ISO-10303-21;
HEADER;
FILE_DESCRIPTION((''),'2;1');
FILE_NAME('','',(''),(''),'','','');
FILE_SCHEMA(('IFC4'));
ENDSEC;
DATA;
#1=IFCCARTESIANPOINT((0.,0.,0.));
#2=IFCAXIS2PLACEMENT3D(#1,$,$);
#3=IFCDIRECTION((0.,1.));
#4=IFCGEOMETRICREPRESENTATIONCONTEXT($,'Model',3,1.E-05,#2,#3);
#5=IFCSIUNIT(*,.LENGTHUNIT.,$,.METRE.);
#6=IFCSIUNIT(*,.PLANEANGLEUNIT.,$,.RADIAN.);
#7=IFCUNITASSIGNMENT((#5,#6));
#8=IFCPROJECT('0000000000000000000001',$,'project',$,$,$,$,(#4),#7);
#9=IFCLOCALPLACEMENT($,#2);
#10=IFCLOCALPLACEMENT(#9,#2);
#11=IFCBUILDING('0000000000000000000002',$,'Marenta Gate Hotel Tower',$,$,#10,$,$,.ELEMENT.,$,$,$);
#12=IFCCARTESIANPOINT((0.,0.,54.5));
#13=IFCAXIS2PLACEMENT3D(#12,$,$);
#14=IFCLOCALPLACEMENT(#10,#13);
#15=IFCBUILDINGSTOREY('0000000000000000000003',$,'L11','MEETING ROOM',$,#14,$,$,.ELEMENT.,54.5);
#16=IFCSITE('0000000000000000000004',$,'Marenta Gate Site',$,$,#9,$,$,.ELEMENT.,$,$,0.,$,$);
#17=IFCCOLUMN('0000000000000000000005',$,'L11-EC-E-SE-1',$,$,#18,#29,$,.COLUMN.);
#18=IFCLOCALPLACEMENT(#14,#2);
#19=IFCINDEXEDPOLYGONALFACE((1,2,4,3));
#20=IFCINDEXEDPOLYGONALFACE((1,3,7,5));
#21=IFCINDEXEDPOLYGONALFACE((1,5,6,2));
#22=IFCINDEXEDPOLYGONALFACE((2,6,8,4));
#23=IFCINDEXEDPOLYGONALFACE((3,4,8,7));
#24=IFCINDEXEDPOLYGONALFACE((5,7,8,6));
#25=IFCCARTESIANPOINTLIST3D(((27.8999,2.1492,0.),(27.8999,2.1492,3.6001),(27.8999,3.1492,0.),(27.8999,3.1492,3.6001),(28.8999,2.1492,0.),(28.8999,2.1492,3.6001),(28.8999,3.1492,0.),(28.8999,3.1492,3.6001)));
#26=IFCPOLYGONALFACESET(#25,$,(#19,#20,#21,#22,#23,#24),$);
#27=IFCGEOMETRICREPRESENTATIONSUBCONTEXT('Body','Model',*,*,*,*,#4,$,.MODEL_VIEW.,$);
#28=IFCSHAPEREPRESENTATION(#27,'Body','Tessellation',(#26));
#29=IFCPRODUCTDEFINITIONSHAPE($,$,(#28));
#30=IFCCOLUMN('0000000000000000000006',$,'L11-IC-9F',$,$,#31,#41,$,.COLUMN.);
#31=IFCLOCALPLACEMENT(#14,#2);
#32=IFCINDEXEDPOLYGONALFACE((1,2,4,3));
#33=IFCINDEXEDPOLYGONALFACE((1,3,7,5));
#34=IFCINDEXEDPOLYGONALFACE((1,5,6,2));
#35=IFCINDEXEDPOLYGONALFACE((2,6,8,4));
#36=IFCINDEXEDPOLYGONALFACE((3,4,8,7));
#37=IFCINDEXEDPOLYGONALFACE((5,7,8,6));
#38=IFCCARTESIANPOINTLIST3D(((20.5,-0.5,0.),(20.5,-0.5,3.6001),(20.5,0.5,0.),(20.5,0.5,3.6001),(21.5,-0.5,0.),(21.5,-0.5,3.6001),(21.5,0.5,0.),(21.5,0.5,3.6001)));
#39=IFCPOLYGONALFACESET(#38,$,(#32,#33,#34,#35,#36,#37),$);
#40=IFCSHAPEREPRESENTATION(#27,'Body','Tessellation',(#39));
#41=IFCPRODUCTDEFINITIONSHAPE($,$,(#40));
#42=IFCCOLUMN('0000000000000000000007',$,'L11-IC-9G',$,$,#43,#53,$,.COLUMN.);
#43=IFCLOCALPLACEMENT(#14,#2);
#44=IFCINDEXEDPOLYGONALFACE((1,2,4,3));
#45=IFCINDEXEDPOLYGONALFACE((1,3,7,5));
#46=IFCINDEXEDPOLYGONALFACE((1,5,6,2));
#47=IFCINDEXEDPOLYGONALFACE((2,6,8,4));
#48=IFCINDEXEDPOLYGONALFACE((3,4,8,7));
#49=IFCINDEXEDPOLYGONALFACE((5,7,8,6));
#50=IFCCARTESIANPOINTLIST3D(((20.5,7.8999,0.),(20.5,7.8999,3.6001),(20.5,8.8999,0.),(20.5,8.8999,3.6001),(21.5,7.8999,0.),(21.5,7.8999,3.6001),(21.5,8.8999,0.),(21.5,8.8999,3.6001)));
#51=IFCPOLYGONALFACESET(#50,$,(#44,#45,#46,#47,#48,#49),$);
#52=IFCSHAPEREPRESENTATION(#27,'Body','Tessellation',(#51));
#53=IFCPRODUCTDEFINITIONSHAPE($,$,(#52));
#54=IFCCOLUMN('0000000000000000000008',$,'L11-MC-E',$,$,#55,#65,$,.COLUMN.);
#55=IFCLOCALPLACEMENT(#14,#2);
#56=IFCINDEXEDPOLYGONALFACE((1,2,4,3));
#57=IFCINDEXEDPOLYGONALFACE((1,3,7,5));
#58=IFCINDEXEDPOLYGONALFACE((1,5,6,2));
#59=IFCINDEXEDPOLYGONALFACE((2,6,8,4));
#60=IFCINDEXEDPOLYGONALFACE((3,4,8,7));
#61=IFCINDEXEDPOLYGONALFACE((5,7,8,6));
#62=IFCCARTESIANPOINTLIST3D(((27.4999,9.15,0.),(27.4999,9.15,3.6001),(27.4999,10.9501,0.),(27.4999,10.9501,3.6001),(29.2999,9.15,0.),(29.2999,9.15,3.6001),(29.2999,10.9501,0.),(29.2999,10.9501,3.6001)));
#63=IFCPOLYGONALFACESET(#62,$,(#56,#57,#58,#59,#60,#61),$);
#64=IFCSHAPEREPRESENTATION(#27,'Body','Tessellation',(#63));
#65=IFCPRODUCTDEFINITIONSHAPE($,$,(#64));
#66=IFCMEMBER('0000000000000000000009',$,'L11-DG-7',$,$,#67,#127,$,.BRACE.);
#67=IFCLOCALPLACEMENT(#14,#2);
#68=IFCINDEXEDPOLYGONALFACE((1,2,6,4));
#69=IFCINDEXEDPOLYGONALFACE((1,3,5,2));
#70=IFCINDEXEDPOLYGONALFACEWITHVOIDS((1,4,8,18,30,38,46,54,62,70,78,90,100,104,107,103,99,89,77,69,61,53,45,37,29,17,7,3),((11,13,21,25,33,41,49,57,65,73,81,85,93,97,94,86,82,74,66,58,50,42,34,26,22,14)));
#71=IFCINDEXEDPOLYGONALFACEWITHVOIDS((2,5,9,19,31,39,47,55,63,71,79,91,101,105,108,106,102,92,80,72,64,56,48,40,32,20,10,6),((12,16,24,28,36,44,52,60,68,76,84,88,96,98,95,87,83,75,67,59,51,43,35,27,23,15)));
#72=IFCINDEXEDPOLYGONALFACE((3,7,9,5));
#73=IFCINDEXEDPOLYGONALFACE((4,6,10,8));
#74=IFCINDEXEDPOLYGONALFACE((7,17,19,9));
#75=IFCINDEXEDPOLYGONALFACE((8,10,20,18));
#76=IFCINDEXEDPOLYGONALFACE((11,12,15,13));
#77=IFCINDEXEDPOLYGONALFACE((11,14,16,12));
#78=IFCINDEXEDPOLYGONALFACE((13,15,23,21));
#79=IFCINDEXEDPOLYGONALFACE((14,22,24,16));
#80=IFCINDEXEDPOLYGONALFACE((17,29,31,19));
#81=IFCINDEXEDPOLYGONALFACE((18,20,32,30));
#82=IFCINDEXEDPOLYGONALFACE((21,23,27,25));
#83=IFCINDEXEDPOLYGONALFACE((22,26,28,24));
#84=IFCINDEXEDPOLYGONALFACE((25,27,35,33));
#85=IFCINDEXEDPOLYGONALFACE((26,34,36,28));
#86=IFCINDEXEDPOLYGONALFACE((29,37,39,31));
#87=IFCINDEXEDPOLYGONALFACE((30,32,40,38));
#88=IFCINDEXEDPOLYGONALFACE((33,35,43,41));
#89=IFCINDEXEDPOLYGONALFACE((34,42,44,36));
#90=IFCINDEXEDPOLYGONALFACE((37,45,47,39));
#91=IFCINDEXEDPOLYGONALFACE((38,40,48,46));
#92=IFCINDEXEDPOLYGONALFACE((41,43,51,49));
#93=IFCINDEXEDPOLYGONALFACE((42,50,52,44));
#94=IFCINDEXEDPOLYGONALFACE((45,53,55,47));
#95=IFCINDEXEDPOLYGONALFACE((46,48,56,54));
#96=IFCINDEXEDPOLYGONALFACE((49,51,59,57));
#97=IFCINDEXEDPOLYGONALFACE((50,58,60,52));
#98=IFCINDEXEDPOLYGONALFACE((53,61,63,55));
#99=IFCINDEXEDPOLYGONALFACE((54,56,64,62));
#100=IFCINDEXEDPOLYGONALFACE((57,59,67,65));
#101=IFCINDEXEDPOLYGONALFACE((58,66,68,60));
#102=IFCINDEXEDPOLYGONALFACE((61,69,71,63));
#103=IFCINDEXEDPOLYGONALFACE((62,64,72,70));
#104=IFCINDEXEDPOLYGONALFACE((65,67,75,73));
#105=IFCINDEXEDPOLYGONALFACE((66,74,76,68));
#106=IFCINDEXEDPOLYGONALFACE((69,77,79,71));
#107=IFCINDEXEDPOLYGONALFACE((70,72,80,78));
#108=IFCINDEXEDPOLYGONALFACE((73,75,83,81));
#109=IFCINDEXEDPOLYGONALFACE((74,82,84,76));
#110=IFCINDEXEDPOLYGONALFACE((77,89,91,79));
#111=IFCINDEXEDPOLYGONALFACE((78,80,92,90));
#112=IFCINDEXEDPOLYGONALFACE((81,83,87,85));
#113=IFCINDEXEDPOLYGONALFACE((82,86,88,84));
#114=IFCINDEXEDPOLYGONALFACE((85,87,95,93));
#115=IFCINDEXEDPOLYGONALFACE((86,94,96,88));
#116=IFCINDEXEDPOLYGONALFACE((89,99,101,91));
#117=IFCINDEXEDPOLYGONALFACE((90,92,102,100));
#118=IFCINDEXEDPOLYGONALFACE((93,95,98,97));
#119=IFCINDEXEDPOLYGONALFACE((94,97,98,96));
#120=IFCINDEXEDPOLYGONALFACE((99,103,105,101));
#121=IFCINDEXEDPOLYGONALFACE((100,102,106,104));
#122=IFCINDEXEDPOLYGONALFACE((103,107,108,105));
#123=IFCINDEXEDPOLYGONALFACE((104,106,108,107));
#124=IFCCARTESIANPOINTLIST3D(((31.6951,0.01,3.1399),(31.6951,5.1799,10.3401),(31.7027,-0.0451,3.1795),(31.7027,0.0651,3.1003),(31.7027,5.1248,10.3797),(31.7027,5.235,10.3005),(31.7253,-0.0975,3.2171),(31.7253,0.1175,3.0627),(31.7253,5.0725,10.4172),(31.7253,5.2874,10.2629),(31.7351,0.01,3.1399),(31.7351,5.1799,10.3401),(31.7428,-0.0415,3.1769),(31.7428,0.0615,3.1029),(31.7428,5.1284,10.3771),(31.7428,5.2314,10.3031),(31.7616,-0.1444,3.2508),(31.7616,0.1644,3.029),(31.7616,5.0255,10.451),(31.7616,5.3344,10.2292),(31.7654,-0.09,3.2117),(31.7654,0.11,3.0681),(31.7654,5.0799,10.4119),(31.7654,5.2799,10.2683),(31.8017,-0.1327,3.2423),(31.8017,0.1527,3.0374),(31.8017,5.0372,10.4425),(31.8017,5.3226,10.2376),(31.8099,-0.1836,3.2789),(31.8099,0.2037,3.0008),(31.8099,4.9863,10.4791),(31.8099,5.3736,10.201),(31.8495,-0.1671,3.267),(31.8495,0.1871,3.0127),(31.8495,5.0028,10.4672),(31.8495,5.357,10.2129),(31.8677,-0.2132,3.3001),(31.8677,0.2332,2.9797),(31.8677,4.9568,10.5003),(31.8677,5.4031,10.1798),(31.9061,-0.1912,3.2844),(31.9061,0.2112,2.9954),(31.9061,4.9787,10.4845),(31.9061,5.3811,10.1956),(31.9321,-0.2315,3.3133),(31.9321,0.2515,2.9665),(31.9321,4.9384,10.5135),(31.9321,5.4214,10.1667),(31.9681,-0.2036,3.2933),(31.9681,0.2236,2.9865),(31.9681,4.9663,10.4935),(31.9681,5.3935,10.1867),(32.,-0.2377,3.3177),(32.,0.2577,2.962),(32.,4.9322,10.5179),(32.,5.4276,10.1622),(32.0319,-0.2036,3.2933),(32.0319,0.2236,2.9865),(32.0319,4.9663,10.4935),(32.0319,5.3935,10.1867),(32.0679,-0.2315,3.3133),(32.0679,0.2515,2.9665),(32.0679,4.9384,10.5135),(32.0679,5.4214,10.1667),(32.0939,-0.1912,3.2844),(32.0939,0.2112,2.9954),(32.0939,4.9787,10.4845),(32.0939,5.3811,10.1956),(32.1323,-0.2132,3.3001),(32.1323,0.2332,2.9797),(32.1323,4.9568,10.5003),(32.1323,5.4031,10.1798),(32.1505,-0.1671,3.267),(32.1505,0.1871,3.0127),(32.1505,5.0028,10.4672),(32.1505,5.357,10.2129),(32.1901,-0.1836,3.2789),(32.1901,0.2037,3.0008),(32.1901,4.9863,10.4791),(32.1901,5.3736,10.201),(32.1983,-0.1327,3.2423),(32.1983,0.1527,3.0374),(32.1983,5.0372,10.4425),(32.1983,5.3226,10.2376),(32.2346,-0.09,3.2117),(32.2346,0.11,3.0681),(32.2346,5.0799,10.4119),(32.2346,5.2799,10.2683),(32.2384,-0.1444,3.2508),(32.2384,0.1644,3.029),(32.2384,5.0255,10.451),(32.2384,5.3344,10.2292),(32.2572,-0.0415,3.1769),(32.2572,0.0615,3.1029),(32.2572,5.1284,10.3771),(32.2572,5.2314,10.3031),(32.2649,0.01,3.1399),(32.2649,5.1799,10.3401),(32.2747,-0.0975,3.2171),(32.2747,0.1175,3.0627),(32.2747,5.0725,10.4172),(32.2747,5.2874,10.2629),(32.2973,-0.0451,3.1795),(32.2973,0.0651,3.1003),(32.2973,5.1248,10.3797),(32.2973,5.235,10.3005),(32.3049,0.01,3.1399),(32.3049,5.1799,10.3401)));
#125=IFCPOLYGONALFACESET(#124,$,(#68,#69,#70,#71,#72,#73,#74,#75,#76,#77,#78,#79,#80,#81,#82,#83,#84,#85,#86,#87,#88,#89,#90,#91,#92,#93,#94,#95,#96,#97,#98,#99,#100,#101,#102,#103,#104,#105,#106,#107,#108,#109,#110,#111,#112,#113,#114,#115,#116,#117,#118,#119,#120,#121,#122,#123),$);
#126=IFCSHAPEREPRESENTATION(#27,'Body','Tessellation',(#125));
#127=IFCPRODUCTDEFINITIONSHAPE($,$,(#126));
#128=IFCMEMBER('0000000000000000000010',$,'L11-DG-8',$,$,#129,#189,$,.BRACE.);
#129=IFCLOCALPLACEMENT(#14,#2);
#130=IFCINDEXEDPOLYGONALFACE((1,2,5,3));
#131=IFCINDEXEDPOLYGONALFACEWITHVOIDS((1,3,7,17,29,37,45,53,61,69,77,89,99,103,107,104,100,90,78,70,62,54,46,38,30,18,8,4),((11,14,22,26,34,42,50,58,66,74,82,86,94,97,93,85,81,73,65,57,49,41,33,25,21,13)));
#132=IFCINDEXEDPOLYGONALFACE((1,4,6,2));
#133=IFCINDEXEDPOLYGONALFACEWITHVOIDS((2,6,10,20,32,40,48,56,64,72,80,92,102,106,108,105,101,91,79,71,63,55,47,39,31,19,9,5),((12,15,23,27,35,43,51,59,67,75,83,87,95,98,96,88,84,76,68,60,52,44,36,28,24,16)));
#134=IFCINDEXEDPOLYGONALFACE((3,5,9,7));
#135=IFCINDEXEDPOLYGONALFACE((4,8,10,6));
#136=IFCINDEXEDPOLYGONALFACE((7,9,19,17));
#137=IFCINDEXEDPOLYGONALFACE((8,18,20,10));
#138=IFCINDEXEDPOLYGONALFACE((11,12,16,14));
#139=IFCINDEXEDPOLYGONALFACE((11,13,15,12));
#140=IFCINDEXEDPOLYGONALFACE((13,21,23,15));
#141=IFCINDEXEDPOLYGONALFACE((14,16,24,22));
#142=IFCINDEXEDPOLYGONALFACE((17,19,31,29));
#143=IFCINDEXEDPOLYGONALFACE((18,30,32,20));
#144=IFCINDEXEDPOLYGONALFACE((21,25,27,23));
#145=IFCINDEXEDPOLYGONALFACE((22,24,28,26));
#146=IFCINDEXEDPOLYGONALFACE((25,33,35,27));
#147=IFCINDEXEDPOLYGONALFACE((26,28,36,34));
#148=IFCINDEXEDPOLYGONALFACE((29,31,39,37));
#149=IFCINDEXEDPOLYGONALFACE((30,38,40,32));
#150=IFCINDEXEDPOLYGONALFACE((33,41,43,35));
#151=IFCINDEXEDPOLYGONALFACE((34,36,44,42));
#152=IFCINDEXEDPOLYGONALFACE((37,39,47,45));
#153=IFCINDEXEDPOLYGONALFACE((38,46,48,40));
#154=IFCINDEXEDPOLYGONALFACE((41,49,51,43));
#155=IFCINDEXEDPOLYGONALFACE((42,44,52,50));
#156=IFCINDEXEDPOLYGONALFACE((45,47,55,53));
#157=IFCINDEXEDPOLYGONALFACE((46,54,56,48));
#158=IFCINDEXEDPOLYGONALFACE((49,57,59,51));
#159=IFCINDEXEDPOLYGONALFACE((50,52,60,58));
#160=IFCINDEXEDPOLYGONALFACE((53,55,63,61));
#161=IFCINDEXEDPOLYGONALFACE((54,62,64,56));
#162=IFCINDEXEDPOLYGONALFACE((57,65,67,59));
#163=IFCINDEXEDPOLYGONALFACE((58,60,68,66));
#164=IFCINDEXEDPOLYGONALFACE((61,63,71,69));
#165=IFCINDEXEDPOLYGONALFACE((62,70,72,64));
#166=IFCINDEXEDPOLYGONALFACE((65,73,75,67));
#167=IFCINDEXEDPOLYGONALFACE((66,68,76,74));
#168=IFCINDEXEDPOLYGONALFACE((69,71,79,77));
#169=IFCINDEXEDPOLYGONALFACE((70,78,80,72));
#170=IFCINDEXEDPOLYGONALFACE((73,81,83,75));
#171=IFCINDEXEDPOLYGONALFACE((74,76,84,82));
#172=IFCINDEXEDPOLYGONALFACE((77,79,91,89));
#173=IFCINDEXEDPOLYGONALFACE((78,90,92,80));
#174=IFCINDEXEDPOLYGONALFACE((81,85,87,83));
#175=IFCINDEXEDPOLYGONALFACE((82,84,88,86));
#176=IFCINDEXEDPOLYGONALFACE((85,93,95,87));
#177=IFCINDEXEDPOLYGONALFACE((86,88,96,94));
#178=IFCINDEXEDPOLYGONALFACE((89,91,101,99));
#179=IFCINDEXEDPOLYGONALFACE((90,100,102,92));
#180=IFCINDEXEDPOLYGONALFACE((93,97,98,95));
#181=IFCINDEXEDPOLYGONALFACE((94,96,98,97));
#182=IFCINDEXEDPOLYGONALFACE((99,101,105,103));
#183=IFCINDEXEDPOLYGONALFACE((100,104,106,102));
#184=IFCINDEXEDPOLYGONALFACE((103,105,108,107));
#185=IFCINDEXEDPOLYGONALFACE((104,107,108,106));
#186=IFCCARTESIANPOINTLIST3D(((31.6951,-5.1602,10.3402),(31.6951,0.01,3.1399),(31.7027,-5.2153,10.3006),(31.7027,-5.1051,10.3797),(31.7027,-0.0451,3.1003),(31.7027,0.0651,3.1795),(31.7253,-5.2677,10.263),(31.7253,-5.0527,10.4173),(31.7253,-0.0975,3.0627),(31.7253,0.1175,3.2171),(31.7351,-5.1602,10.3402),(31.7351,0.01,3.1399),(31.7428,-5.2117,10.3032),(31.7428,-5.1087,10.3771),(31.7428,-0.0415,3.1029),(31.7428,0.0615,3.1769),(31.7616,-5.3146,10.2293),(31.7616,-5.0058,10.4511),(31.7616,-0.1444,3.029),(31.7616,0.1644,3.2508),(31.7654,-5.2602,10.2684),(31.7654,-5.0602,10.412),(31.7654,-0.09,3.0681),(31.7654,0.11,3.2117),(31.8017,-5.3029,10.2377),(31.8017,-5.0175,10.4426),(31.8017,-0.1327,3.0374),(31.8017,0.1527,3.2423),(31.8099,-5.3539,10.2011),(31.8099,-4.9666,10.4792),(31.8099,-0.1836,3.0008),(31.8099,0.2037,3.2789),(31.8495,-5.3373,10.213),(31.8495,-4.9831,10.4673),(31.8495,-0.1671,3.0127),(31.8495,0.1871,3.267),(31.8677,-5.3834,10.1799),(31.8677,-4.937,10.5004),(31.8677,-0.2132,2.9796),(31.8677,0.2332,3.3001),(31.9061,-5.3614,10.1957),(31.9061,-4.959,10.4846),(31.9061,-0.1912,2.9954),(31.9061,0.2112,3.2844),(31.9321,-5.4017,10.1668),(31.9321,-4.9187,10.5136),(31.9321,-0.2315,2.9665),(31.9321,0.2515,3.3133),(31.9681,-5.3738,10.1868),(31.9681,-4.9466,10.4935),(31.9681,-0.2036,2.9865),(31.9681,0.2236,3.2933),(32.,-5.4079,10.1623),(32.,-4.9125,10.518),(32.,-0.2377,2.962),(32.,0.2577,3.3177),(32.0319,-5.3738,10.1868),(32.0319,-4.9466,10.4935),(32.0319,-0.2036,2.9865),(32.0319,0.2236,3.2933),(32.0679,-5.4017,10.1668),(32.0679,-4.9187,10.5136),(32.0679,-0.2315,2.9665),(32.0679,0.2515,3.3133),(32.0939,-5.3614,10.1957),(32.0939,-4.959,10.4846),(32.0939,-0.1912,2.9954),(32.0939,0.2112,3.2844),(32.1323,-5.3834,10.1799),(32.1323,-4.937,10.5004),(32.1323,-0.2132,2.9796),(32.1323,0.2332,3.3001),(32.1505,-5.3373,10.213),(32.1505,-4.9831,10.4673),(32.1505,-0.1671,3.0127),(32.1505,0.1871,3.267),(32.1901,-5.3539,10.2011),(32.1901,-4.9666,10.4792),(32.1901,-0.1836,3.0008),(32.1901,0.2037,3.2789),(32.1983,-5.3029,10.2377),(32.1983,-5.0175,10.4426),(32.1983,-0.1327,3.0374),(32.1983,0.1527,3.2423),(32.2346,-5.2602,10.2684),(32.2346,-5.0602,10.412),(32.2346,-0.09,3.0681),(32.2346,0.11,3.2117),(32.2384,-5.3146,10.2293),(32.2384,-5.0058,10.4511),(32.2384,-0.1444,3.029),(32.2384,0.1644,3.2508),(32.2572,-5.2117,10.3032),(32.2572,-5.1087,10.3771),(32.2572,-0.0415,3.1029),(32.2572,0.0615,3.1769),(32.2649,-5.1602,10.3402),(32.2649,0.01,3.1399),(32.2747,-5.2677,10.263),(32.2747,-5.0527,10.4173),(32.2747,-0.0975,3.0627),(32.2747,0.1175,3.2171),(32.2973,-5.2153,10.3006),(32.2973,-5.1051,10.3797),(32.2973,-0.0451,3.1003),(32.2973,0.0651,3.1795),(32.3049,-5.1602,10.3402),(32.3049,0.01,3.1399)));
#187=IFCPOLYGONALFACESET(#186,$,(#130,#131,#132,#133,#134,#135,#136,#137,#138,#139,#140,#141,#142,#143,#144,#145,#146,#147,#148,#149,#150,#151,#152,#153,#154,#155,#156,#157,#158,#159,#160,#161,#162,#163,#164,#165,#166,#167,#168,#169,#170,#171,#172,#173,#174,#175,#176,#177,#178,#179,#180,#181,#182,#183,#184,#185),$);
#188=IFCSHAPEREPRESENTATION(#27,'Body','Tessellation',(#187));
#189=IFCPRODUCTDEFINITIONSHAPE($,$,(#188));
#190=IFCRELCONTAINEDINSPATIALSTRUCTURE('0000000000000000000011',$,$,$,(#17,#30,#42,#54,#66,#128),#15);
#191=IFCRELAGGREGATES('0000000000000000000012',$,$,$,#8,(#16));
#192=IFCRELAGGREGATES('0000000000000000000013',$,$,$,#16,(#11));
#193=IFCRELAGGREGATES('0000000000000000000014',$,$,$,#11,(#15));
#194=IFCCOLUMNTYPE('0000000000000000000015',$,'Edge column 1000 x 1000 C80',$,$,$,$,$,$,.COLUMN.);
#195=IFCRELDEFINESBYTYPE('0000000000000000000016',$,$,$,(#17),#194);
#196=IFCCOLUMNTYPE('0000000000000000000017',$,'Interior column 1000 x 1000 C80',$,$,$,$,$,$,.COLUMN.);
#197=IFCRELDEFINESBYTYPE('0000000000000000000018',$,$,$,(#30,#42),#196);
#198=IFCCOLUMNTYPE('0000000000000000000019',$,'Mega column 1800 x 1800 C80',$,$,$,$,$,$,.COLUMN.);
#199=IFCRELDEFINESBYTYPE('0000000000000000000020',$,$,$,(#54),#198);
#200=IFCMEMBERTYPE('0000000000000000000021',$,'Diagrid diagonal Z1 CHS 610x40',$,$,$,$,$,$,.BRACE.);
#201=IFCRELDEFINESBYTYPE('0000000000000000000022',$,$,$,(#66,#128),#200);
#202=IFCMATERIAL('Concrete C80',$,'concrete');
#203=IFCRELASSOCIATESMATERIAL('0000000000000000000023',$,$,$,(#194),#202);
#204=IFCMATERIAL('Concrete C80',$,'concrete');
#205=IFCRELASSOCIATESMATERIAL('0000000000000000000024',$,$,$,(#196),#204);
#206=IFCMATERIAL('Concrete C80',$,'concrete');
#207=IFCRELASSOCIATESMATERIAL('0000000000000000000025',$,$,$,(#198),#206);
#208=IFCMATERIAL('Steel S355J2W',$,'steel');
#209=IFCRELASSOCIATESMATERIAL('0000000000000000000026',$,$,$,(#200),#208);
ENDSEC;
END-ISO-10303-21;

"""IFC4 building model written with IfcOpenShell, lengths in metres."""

from ifc_helpers import new_model, si_unit, direction, frame, origin, origin_2d, place, context, subcontext, project, spatial, rectangle, hollow_circle, extrude, material, material_profile, profile_set, type_object, element, save


model = new_model("IFC4")

# Units and contexts
model_context = context("Model", 3, precision=1e-05, world=origin(), true_north=direction((0.0, 1.0)))
body_context = subcontext(model_context, "Body", "Model", "MODEL_VIEW")
ifc_project = project(units=[si_unit("LENGTHUNIT", "METRE"), si_unit("PLANEANGLEUNIT", "RADIAN")], contexts=[model_context])

# Site, building, storey
site_placement = place(None, origin())
site = spatial("IfcSite", under=ifc_project, at=site_placement, Name="Marenta Gate Site", CompositionType="ELEMENT", RefElevation=0.0)
building_placement = place(site_placement, origin())
building = spatial("IfcBuilding", under=site, at=building_placement, Name="Marenta Gate Hotel Tower", CompositionType="ELEMENT")
storey_placement = place(building_placement, frame((0.0, 0.0, 54.5)))
storey = spatial("IfcBuildingStorey", under=building, at=storey_placement, Name="L11", Description="MEETING ROOM", CompositionType="ELEMENT", Elevation=54.5)

# Columns
ifc_material_1 = material(Name="Concrete C80", Category="concrete")
ifc_material_profile_1 = material_profile(ifc_material_1, rectangle(XDim=1.0, YDim=1.0, at=origin_2d()), Name="1000 x 1000")
ifc_profile_set_1 = profile_set([ifc_material_profile_1], Name="Concrete C80")
column_type_1 = type_object("IfcColumnType", Name="Edge column 1000 x 1000 C80", PredefinedType="COLUMN", material=ifc_profile_set_1)
column_1_placement = place(storey_placement, frame((28.3999, 2.6492, 0.0), z_axis=(0.0, 0.0, 1.0), x_axis=(1.0, 0.0, 0.0)))
element("IfcColumn", 1, at=column_1_placement, inside=storey, type_object=column_type_1, Name="L11-EC-E-SE-1", PredefinedType="COLUMN", context=body_context, shape_type="SweptSolid", body=[
    extrude(rectangle(XDim=1.0, YDim=1.0, at=origin_2d()), origin(), (0.0, 0.0, 1.0), 3.6001),
])
ifc_material_2 = material(Name="Concrete C80", Category="concrete")
ifc_material_profile_2 = material_profile(ifc_material_2, rectangle(XDim=1.0, YDim=1.0, at=origin_2d()), Name="1000 x 1000")
ifc_profile_set_2 = profile_set([ifc_material_profile_2], Name="Concrete C80")
column_type_2 = type_object("IfcColumnType", Name="Interior column 1000 x 1000 C80", PredefinedType="COLUMN", material=ifc_profile_set_2)
for number, where, z_axis, x_axis, name in (
    (2, (21.0, 0.0, 0.0), (0.0, 0.0, 1.0), (1.0, 0.0, 0.0), "L11-IC-9F"),
    (3, (21.0, 8.3999, 0.0), (0.0, 0.0, 1.0), (1.0, 0.0, 0.0), "L11-IC-9G"),
):
    element("IfcColumn", number, at=place(storey_placement, frame(where, z_axis=z_axis, x_axis=x_axis)), inside=storey, type_object=column_type_2, Name=name, PredefinedType="COLUMN", context=body_context, shape_type="SweptSolid", body=[
        extrude(rectangle(XDim=1.0, YDim=1.0, at=origin_2d()), origin(), (0.0, 0.0, 1.0), 3.6001),
    ])
ifc_material_3 = material(Name="Concrete C80", Category="concrete")
ifc_material_profile_3 = material_profile(ifc_material_3, rectangle(XDim=1.8, YDim=1.8, at=origin_2d()), Name="1800 x 1800")
ifc_profile_set_3 = profile_set([ifc_material_profile_3], Name="Concrete C80")
column_type_3 = type_object("IfcColumnType", Name="Mega column 1800 x 1800 C80", PredefinedType="COLUMN", material=ifc_profile_set_3)
column_2_placement = place(storey_placement, frame((28.3999, 10.05, 0.0), z_axis=(0.0, 0.0, 1.0), x_axis=(1.0, 0.0, 0.0)))
element("IfcColumn", 4, at=column_2_placement, inside=storey, type_object=column_type_3, Name="L11-MC-E", PredefinedType="COLUMN", context=body_context, shape_type="SweptSolid", body=[
    extrude(rectangle(XDim=1.8, YDim=1.8, at=origin_2d()), origin(), (0.0, 0.0, 1.0), 3.6001),
])

# Members
ifc_material_4 = material(Name="Steel S355J2W", Category="steel")
ifc_material_profile_4 = material_profile(ifc_material_4, hollow_circle(Radius=0.3049, WallThickness=0.04, at=origin_2d()), Name="CHS 610x40")
ifc_profile_set_4 = profile_set([ifc_material_profile_4], Name="Steel S355J2W")
member_type_1 = type_object("IfcMemberType", Name="Diagrid diagonal Z1 CHS 610x40", PredefinedType="BRACE", material=ifc_profile_set_4)
member_1_placement = place(storey_placement, frame((32.0, 0.01, 3.1399), z_axis=(0.0, 0.583248, 0.812294), x_axis=(-1.0, 0.0, 0.0)))
element("IfcMember", 5, at=member_1_placement, inside=storey, type_object=member_type_1, Name="L11-DG-7", PredefinedType="BRACE", context=body_context, shape_type="SweptSolid", body=[
    extrude(hollow_circle(Radius=0.3049, WallThickness=0.04, at=origin_2d()), origin(), (0.0, 0.0, 1.0), 8.864),
])
member_2_placement = place(storey_placement, frame((32.0, 0.01, 3.1399), z_axis=(0.0, -0.583266, 0.812281), x_axis=(1.0, 0.0, 0.0)))
element("IfcMember", 6, at=member_2_placement, inside=storey, type_object=member_type_1, Name="L11-DG-8", PredefinedType="BRACE", context=body_context, shape_type="SweptSolid", body=[
    extrude(hollow_circle(Radius=0.3049, WallThickness=0.04, at=origin_2d()), origin(), (0.0, 0.0, 1.0), 8.8643),
])

save(model, "model.ifc")
